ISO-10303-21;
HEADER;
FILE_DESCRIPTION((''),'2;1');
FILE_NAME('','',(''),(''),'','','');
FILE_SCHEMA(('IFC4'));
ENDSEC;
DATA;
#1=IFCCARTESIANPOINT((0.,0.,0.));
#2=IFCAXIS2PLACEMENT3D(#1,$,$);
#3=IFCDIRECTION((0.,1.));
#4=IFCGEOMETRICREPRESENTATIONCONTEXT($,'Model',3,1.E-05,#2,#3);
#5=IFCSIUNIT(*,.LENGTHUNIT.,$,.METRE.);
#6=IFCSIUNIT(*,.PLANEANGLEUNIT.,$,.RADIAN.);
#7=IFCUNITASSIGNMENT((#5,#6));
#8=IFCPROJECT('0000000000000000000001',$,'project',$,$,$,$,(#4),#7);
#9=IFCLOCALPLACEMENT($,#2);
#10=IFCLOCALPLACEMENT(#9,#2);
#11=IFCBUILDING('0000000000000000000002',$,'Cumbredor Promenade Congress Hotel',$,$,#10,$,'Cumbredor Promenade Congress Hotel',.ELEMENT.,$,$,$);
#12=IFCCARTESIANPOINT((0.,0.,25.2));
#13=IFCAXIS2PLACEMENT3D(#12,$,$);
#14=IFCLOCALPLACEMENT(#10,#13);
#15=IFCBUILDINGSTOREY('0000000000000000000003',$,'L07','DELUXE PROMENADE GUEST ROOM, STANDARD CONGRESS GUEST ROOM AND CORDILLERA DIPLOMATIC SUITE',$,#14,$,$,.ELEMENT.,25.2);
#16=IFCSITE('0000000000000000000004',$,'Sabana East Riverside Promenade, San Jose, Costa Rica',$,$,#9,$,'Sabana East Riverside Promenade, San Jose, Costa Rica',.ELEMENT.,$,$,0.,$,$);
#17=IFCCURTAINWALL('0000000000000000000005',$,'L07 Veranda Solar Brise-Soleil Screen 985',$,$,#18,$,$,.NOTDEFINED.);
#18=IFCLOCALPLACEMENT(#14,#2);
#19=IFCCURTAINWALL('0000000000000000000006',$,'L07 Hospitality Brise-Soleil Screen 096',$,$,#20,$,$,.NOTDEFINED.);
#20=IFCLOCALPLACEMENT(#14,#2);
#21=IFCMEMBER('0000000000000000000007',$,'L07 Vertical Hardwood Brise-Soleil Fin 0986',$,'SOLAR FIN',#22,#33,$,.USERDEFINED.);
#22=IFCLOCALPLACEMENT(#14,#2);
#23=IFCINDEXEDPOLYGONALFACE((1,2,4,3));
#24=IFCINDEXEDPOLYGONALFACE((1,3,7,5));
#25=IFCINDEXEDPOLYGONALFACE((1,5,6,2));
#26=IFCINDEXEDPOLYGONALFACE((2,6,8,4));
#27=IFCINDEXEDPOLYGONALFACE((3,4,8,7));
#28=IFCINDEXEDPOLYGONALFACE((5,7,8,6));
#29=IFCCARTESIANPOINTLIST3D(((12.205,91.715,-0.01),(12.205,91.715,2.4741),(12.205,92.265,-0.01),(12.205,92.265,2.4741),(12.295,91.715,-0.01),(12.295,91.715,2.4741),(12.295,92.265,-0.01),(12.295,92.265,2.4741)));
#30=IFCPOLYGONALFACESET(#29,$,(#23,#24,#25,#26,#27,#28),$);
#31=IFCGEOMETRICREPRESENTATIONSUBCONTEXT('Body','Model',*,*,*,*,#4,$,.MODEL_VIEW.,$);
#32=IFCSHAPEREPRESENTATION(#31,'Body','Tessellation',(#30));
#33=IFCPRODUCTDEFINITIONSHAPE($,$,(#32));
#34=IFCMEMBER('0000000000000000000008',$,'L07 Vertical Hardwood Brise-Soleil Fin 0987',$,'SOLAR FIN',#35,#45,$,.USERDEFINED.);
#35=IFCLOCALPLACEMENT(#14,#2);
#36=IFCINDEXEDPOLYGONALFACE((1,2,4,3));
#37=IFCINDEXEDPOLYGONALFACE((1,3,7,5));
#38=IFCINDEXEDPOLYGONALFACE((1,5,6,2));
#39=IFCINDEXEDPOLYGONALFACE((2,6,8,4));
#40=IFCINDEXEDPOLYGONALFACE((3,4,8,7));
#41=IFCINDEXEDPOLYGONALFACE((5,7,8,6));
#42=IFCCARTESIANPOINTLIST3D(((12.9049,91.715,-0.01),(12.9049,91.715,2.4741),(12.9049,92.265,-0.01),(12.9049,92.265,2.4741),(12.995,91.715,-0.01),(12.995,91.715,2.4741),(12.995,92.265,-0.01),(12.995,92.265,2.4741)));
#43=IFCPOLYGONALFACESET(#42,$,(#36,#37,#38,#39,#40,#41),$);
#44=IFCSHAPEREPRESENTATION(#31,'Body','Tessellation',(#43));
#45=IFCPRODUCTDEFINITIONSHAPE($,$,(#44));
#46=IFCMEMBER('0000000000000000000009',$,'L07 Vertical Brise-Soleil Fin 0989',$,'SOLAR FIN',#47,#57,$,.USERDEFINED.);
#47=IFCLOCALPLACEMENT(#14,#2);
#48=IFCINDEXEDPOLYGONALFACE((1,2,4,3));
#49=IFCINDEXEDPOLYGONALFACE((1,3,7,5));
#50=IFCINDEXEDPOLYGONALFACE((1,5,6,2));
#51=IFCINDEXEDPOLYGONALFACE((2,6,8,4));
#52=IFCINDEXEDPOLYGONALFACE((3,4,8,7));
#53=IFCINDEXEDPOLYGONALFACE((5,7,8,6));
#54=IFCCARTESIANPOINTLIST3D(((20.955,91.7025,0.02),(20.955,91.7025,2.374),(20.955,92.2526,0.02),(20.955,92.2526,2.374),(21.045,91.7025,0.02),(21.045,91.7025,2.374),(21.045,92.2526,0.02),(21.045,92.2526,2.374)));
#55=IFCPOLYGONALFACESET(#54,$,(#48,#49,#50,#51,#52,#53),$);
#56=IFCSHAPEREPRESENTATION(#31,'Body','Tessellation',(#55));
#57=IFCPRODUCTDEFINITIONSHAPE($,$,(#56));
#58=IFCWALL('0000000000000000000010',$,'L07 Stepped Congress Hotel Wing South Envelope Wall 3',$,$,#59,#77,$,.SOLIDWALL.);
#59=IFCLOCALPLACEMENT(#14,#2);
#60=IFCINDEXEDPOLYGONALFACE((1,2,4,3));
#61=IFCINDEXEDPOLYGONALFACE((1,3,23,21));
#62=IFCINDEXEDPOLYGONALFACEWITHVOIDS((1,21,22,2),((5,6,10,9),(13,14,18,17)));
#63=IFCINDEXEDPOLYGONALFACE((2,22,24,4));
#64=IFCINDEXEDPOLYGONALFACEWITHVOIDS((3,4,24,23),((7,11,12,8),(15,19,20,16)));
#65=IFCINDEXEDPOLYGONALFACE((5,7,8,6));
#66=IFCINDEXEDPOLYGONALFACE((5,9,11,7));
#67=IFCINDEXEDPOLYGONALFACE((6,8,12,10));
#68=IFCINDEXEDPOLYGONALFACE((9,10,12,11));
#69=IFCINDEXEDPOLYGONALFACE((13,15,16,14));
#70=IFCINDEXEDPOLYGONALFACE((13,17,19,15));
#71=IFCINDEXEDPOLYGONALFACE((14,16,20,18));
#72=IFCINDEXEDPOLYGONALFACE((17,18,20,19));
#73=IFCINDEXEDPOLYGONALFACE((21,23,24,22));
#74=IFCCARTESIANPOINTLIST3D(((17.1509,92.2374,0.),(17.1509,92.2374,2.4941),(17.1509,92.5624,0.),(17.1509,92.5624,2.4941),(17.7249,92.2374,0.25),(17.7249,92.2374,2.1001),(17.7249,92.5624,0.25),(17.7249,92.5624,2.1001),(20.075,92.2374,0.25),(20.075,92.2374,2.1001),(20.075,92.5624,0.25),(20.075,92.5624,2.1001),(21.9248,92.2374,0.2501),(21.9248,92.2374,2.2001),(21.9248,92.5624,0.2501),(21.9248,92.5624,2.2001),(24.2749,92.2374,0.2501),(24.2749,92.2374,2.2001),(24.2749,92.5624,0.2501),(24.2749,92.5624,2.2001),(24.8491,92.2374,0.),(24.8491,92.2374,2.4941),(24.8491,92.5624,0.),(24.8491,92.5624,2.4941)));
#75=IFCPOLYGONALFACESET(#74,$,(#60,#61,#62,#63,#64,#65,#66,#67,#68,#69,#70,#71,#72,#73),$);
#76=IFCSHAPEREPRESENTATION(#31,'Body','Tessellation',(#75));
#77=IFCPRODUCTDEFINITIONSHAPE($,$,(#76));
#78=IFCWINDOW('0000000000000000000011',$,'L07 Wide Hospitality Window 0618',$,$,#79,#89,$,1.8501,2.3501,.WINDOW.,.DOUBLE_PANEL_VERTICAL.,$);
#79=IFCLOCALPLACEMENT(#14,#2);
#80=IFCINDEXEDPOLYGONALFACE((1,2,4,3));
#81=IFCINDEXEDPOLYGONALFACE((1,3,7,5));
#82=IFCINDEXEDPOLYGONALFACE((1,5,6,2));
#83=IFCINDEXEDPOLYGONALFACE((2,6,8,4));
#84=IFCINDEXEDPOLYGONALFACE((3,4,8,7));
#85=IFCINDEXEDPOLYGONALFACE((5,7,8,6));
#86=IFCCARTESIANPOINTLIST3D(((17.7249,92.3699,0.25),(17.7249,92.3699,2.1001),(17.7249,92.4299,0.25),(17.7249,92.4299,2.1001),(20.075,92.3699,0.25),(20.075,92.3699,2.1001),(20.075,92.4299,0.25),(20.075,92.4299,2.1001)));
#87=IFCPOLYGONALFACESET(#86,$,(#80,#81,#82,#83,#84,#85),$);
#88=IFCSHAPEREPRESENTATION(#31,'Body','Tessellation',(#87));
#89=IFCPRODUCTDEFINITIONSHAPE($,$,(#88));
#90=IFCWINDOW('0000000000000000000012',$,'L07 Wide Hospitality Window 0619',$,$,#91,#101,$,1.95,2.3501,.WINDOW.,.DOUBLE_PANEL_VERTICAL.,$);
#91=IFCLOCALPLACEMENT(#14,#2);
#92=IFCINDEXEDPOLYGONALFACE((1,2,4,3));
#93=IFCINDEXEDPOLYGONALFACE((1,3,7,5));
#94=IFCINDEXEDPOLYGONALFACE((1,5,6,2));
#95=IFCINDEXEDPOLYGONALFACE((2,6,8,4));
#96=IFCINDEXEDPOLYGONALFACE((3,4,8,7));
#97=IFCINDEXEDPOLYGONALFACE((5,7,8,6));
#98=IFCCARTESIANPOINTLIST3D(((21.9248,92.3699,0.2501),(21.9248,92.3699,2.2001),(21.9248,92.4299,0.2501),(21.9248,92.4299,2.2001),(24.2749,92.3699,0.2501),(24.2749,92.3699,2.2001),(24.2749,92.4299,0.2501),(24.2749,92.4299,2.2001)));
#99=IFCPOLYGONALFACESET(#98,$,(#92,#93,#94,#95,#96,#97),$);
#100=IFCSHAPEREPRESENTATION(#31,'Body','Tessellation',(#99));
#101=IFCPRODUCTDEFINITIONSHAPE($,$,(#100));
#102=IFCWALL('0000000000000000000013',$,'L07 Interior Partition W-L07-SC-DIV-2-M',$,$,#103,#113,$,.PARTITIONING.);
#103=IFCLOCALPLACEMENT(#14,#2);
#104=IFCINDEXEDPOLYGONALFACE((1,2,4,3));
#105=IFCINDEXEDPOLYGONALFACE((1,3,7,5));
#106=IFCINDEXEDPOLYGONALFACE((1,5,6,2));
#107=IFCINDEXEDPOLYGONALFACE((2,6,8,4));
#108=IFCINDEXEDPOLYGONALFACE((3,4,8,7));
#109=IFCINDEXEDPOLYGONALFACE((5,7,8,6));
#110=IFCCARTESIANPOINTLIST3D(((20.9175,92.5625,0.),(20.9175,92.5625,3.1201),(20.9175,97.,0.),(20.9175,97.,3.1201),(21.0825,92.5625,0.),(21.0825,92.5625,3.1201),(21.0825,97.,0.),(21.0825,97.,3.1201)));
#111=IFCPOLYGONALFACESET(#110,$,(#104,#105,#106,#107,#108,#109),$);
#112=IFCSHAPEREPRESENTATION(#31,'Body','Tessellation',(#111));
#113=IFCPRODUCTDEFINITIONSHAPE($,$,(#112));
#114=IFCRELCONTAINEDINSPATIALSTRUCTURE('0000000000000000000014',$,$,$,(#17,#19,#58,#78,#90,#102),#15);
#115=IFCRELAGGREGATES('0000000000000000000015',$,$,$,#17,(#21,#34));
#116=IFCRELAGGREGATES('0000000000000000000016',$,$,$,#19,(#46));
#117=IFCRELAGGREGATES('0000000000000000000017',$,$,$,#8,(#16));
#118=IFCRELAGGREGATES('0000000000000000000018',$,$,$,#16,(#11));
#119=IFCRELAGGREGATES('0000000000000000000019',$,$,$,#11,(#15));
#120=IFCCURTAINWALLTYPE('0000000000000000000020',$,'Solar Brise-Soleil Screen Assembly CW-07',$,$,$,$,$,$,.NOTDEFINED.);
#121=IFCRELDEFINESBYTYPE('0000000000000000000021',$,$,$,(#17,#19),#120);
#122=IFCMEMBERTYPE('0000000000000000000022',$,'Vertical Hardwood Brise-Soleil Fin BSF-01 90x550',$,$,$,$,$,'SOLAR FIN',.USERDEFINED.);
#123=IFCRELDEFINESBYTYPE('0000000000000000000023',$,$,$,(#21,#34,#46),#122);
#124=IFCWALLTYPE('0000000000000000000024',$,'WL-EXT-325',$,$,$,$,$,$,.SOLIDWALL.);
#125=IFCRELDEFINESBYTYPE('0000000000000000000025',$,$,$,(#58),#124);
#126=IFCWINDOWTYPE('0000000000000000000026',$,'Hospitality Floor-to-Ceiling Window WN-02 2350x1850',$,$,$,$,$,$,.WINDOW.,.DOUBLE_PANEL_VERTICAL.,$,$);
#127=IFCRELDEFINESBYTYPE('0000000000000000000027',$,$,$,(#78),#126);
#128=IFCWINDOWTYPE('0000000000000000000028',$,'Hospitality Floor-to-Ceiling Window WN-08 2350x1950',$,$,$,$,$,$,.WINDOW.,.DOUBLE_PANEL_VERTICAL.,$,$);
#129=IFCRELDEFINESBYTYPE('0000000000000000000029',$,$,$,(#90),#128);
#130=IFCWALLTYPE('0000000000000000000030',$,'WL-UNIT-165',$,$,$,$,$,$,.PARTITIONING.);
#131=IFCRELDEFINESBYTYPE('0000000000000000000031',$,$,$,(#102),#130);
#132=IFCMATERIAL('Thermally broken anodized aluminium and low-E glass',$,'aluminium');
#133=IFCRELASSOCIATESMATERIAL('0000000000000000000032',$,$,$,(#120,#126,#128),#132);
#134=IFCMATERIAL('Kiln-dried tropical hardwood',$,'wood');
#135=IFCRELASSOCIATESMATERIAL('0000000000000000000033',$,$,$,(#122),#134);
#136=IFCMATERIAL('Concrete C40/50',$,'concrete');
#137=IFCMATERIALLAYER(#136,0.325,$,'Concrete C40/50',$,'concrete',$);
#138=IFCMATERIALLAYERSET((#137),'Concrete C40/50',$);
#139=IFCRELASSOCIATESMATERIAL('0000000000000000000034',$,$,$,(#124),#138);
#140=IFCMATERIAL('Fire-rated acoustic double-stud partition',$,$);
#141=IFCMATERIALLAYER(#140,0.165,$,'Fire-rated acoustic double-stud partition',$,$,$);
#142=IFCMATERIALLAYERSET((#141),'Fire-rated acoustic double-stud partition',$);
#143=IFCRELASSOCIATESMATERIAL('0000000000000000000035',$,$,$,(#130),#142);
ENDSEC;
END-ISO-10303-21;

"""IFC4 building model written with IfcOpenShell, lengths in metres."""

from ifc_helpers import new_model, si_unit, direction, frame, frame_2d, origin, origin_2d, place, context, subcontext, project, spatial, rectangle, extrude, material, layer, layer_set, material_profile, profile_set, type_object, element, fill, aggregate, save


model = new_model("IFC4")

# Units and contexts
model_context = context("Model", 3, precision=1e-05, world=origin(), true_north=direction((0.0, 1.0)))
body_context = subcontext(model_context, "Body", "Model", "MODEL_VIEW")
ifc_project = project(units=[si_unit("LENGTHUNIT", "METRE"), si_unit("PLANEANGLEUNIT", "RADIAN")], contexts=[model_context])

# Site, building, storey
site_placement = place(None, origin())
site = spatial("IfcSite", under=ifc_project, at=site_placement, Name="Sabana East Riverside Promenade, San Jose, Costa Rica", LongName="Sabana East Riverside Promenade, San Jose, Costa Rica", CompositionType="ELEMENT", RefElevation=0.0)
building_placement = place(site_placement, origin())
building = spatial("IfcBuilding", under=site, at=building_placement, Name="Cumbredor Promenade Congress Hotel", LongName="Cumbredor Promenade Congress Hotel", CompositionType="ELEMENT")
storey_placement = place(building_placement, frame((0.0, 0.0, 25.2)))
storey = spatial("IfcBuildingStorey", under=building, at=storey_placement, Name="L07", Description="DELUXE PROMENADE GUEST ROOM, STANDARD CONGRESS GUEST ROOM AND CORDILLERA DIPLOMATIC SUITE", CompositionType="ELEMENT", Elevation=25.2)

# Shared definitions
ifc_material_1 = material(Name="Concrete C40/50", Category="concrete")

# Curtain wall
ifc_material_2 = material(Name="Thermally broken anodized aluminium and low-E glass", Category="aluminium")
curtain_wall_type = type_object("IfcCurtainWallType", Name="Solar Brise-Soleil Screen Assembly CW-07", PredefinedType="NOTDEFINED", material=ifc_material_2)
curtain_wall_1_placement = place(storey_placement, origin())
curtain_wall_1 = element("IfcCurtainWall", 1, at=curtain_wall_1_placement, inside=storey, type_object=curtain_wall_type, Name="L07 Veranda Solar Brise-Soleil Screen 985", PredefinedType="NOTDEFINED")

# Curtain wall
curtain_wall_2_placement = place(storey_placement, origin())
curtain_wall_2 = element("IfcCurtainWall", 2, at=curtain_wall_2_placement, inside=storey, type_object=curtain_wall_type, Name="L07 Hospitality Brise-Soleil Screen 096", PredefinedType="NOTDEFINED")

# Members
ifc_material_3 = material(Name="Kiln-dried tropical hardwood", Category="wood")
ifc_material_profile_1 = material_profile(ifc_material_3, rectangle(XDim=0.0901, YDim=0.55, at=origin_2d()), Name="ARCH FIN 90x550")
ifc_profile_set_1 = profile_set([ifc_material_profile_1], Name="Kiln-dried tropical hardwood")
member_type_1 = type_object("IfcMemberType", Name="Vertical Hardwood Brise-Soleil Fin BSF-01 90x550", ElementType="SOLAR FIN", PredefinedType="USERDEFINED", material=ifc_profile_set_1)
member_1_placement = place(storey_placement, frame((12.25, 91.99, -0.01), z_axis=(0.0, 0.0, 1.0), x_axis=(1.0, 0.0, 0.0)))
member_1 = element("IfcMember", 3, at=member_1_placement, type_object=member_type_1, Name="L07 Vertical Hardwood Brise-Soleil Fin 0986", ObjectType="SOLAR FIN", PredefinedType="USERDEFINED", context=body_context, shape_type="SweptSolid", body=[
    extrude(rectangle(XDim=0.0901, YDim=0.55, at=origin_2d()), origin(), (0.0, 0.0, 1.0), 2.4841),
])
member_2_placement = place(storey_placement, frame((12.95, 91.99, -0.01), z_axis=(0.0, 0.0, 1.0), x_axis=(1.0, 0.0, 0.0)))
member_2 = element("IfcMember", 4, at=member_2_placement, type_object=member_type_1, Name="L07 Vertical Hardwood Brise-Soleil Fin 0987", ObjectType="SOLAR FIN", PredefinedType="USERDEFINED", context=body_context, shape_type="SweptSolid", body=[
    extrude(rectangle(XDim=0.0901, YDim=0.55, at=origin_2d()), origin(), (0.0, 0.0, 1.0), 2.4841),
])
aggregate(curtain_wall_1, [member_1, member_2])
member_3_placement = place(storey_placement, frame((21.0, 91.9775, 0.02), z_axis=(0.0, 0.0, 1.0), x_axis=(1.0, 0.0, 0.0)))
member_3 = element("IfcMember", 5, at=member_3_placement, type_object=member_type_1, Name="L07 Vertical Brise-Soleil Fin 0989", ObjectType="SOLAR FIN", PredefinedType="USERDEFINED", context=body_context, shape_type="SweptSolid", body=[
    extrude(rectangle(XDim=0.0901, YDim=0.55, at=origin_2d()), origin(), (0.0, 0.0, 1.0), 2.354),
])
aggregate(curtain_wall_2, [member_3])

# Wall, openings, windows
ifc_layer_1 = layer(ifc_material_1, 0.325, Name="Concrete C40/50", Category="concrete")
ifc_layer_set_1 = layer_set([ifc_layer_1], Name="Concrete C40/50")
wall_type_1 = type_object("IfcWallType", Name="WL-EXT-325", PredefinedType="SOLIDWALL", material=ifc_layer_set_1)
wall_1_placement = place(storey_placement, frame((17.1509, 92.3999, 0.0), z_axis=(0.0, 0.0, 1.0), x_axis=(1.0, 0.0, 0.0)))
wall_1 = element("IfcWall", 6, at=wall_1_placement, inside=storey, type_object=wall_type_1, Name="L07 Stepped Congress Hotel Wing South Envelope Wall 3", PredefinedType="SOLIDWALL", context=body_context, shape_type="SweptSolid", body=[
    extrude(rectangle(XDim=7.6982, YDim=0.325, at=frame_2d((3.8491, 0.0))), origin(), (0.0, 0.0, 1.0), 2.4941),
])
opening_1_placement = place(wall_1_placement, frame((0.574, 0.0, 0.25)))
opening_1 = element("IfcOpeningElement", 7, at=opening_1_placement, cuts=wall_1, PredefinedType="OPENING", context=body_context, shape_type="SweptSolid", body=[
    extrude(rectangle(XDim=2.3501, YDim=1.8501, at=frame_2d((1.175, 0.925))), frame((0.0, 0.1724, 0.0), z_axis=(0.0, -1.0, 0.0), x_axis=(1.0, 0.0, 0.0)), (0.0, 0.0, 1.0), 0.345),
])
opening_2_placement = place(wall_1_placement, frame((4.7739, 0.0, 0.25)))
opening_2 = element("IfcOpeningElement", 8, at=opening_2_placement, cuts=wall_1, PredefinedType="OPENING", context=body_context, shape_type="SweptSolid", body=[
    extrude(rectangle(XDim=2.3501, YDim=1.95, at=frame_2d((1.175, 0.9751))), frame((0.0, 0.1724, 0.0), z_axis=(0.0, -1.0, 0.0), x_axis=(1.0, 0.0, 0.0)), (0.0, 0.0, 1.0), 0.345),
])
window_type_1 = type_object("IfcWindowType", Name="Hospitality Floor-to-Ceiling Window WN-02 2350x1850", PartitioningType="DOUBLE_PANEL_VERTICAL", PredefinedType="WINDOW", material=ifc_material_2)
window_1_placement = place(opening_1_placement, origin())
window_1 = element("IfcWindow", 9, at=window_1_placement, inside=storey, type_object=window_type_1, Name="L07 Wide Hospitality Window 0618", OverallHeight=1.8501, OverallWidth=2.3501, PartitioningType="DOUBLE_PANEL_VERTICAL", PredefinedType="WINDOW", context=body_context, shape_type="SweptSolid", body=[
    extrude(rectangle(XDim=2.3501, YDim=1.8501, at=frame_2d((1.175, 0.925))), frame((0.0, 0.03, 0.0), z_axis=(0.0, -1.0, 0.0), x_axis=(1.0, 0.0, 0.0)), (0.0, 0.0, 1.0), 0.0601),
])
fill(opening_1, window_1)
window_type_2 = type_object("IfcWindowType", Name="Hospitality Floor-to-Ceiling Window WN-08 2350x1950", PartitioningType="DOUBLE_PANEL_VERTICAL", PredefinedType="WINDOW", material=ifc_material_2)
window_2_placement = place(opening_2_placement, origin())
window_2 = element("IfcWindow", 10, at=window_2_placement, inside=storey, type_object=window_type_2, Name="L07 Wide Hospitality Window 0619", OverallHeight=1.95, OverallWidth=2.3501, PartitioningType="DOUBLE_PANEL_VERTICAL", PredefinedType="WINDOW", context=body_context, shape_type="SweptSolid", body=[
    extrude(rectangle(XDim=2.3501, YDim=1.95, at=frame_2d((1.175, 0.9751))), frame((0.0, 0.03, 0.0), z_axis=(0.0, -1.0, 0.0), x_axis=(1.0, 0.0, 0.0)), (0.0, 0.0, 1.0), 0.0601),
])
fill(opening_2, window_2)

# Wall
ifc_material_4 = material(Name="Fire-rated acoustic double-stud partition")
ifc_layer_2 = layer(ifc_material_4, 0.165, Name="Fire-rated acoustic double-stud partition")
ifc_layer_set_2 = layer_set([ifc_layer_2], Name="Fire-rated acoustic double-stud partition")
wall_type_2 = type_object("IfcWallType", Name="WL-UNIT-165", PredefinedType="PARTITIONING", material=ifc_layer_set_2)
wall_2_placement = place(storey_placement, frame((21.0, 92.5625, 0.0), z_axis=(0.0, 0.0, 1.0), x_axis=(0.0, 1.0, 0.0)))
element("IfcWall", 11, at=wall_2_placement, inside=storey, type_object=wall_type_2, Name="L07 Interior Partition W-L07-SC-DIV-2-M", PredefinedType="PARTITIONING", context=body_context, shape_type="SweptSolid", body=[
    extrude(rectangle(XDim=4.4375, YDim=0.165, at=frame_2d((2.2188, 0.0))), origin(), (0.0, 0.0, 1.0), 3.1201),
])

save(model, "model.ifc")
